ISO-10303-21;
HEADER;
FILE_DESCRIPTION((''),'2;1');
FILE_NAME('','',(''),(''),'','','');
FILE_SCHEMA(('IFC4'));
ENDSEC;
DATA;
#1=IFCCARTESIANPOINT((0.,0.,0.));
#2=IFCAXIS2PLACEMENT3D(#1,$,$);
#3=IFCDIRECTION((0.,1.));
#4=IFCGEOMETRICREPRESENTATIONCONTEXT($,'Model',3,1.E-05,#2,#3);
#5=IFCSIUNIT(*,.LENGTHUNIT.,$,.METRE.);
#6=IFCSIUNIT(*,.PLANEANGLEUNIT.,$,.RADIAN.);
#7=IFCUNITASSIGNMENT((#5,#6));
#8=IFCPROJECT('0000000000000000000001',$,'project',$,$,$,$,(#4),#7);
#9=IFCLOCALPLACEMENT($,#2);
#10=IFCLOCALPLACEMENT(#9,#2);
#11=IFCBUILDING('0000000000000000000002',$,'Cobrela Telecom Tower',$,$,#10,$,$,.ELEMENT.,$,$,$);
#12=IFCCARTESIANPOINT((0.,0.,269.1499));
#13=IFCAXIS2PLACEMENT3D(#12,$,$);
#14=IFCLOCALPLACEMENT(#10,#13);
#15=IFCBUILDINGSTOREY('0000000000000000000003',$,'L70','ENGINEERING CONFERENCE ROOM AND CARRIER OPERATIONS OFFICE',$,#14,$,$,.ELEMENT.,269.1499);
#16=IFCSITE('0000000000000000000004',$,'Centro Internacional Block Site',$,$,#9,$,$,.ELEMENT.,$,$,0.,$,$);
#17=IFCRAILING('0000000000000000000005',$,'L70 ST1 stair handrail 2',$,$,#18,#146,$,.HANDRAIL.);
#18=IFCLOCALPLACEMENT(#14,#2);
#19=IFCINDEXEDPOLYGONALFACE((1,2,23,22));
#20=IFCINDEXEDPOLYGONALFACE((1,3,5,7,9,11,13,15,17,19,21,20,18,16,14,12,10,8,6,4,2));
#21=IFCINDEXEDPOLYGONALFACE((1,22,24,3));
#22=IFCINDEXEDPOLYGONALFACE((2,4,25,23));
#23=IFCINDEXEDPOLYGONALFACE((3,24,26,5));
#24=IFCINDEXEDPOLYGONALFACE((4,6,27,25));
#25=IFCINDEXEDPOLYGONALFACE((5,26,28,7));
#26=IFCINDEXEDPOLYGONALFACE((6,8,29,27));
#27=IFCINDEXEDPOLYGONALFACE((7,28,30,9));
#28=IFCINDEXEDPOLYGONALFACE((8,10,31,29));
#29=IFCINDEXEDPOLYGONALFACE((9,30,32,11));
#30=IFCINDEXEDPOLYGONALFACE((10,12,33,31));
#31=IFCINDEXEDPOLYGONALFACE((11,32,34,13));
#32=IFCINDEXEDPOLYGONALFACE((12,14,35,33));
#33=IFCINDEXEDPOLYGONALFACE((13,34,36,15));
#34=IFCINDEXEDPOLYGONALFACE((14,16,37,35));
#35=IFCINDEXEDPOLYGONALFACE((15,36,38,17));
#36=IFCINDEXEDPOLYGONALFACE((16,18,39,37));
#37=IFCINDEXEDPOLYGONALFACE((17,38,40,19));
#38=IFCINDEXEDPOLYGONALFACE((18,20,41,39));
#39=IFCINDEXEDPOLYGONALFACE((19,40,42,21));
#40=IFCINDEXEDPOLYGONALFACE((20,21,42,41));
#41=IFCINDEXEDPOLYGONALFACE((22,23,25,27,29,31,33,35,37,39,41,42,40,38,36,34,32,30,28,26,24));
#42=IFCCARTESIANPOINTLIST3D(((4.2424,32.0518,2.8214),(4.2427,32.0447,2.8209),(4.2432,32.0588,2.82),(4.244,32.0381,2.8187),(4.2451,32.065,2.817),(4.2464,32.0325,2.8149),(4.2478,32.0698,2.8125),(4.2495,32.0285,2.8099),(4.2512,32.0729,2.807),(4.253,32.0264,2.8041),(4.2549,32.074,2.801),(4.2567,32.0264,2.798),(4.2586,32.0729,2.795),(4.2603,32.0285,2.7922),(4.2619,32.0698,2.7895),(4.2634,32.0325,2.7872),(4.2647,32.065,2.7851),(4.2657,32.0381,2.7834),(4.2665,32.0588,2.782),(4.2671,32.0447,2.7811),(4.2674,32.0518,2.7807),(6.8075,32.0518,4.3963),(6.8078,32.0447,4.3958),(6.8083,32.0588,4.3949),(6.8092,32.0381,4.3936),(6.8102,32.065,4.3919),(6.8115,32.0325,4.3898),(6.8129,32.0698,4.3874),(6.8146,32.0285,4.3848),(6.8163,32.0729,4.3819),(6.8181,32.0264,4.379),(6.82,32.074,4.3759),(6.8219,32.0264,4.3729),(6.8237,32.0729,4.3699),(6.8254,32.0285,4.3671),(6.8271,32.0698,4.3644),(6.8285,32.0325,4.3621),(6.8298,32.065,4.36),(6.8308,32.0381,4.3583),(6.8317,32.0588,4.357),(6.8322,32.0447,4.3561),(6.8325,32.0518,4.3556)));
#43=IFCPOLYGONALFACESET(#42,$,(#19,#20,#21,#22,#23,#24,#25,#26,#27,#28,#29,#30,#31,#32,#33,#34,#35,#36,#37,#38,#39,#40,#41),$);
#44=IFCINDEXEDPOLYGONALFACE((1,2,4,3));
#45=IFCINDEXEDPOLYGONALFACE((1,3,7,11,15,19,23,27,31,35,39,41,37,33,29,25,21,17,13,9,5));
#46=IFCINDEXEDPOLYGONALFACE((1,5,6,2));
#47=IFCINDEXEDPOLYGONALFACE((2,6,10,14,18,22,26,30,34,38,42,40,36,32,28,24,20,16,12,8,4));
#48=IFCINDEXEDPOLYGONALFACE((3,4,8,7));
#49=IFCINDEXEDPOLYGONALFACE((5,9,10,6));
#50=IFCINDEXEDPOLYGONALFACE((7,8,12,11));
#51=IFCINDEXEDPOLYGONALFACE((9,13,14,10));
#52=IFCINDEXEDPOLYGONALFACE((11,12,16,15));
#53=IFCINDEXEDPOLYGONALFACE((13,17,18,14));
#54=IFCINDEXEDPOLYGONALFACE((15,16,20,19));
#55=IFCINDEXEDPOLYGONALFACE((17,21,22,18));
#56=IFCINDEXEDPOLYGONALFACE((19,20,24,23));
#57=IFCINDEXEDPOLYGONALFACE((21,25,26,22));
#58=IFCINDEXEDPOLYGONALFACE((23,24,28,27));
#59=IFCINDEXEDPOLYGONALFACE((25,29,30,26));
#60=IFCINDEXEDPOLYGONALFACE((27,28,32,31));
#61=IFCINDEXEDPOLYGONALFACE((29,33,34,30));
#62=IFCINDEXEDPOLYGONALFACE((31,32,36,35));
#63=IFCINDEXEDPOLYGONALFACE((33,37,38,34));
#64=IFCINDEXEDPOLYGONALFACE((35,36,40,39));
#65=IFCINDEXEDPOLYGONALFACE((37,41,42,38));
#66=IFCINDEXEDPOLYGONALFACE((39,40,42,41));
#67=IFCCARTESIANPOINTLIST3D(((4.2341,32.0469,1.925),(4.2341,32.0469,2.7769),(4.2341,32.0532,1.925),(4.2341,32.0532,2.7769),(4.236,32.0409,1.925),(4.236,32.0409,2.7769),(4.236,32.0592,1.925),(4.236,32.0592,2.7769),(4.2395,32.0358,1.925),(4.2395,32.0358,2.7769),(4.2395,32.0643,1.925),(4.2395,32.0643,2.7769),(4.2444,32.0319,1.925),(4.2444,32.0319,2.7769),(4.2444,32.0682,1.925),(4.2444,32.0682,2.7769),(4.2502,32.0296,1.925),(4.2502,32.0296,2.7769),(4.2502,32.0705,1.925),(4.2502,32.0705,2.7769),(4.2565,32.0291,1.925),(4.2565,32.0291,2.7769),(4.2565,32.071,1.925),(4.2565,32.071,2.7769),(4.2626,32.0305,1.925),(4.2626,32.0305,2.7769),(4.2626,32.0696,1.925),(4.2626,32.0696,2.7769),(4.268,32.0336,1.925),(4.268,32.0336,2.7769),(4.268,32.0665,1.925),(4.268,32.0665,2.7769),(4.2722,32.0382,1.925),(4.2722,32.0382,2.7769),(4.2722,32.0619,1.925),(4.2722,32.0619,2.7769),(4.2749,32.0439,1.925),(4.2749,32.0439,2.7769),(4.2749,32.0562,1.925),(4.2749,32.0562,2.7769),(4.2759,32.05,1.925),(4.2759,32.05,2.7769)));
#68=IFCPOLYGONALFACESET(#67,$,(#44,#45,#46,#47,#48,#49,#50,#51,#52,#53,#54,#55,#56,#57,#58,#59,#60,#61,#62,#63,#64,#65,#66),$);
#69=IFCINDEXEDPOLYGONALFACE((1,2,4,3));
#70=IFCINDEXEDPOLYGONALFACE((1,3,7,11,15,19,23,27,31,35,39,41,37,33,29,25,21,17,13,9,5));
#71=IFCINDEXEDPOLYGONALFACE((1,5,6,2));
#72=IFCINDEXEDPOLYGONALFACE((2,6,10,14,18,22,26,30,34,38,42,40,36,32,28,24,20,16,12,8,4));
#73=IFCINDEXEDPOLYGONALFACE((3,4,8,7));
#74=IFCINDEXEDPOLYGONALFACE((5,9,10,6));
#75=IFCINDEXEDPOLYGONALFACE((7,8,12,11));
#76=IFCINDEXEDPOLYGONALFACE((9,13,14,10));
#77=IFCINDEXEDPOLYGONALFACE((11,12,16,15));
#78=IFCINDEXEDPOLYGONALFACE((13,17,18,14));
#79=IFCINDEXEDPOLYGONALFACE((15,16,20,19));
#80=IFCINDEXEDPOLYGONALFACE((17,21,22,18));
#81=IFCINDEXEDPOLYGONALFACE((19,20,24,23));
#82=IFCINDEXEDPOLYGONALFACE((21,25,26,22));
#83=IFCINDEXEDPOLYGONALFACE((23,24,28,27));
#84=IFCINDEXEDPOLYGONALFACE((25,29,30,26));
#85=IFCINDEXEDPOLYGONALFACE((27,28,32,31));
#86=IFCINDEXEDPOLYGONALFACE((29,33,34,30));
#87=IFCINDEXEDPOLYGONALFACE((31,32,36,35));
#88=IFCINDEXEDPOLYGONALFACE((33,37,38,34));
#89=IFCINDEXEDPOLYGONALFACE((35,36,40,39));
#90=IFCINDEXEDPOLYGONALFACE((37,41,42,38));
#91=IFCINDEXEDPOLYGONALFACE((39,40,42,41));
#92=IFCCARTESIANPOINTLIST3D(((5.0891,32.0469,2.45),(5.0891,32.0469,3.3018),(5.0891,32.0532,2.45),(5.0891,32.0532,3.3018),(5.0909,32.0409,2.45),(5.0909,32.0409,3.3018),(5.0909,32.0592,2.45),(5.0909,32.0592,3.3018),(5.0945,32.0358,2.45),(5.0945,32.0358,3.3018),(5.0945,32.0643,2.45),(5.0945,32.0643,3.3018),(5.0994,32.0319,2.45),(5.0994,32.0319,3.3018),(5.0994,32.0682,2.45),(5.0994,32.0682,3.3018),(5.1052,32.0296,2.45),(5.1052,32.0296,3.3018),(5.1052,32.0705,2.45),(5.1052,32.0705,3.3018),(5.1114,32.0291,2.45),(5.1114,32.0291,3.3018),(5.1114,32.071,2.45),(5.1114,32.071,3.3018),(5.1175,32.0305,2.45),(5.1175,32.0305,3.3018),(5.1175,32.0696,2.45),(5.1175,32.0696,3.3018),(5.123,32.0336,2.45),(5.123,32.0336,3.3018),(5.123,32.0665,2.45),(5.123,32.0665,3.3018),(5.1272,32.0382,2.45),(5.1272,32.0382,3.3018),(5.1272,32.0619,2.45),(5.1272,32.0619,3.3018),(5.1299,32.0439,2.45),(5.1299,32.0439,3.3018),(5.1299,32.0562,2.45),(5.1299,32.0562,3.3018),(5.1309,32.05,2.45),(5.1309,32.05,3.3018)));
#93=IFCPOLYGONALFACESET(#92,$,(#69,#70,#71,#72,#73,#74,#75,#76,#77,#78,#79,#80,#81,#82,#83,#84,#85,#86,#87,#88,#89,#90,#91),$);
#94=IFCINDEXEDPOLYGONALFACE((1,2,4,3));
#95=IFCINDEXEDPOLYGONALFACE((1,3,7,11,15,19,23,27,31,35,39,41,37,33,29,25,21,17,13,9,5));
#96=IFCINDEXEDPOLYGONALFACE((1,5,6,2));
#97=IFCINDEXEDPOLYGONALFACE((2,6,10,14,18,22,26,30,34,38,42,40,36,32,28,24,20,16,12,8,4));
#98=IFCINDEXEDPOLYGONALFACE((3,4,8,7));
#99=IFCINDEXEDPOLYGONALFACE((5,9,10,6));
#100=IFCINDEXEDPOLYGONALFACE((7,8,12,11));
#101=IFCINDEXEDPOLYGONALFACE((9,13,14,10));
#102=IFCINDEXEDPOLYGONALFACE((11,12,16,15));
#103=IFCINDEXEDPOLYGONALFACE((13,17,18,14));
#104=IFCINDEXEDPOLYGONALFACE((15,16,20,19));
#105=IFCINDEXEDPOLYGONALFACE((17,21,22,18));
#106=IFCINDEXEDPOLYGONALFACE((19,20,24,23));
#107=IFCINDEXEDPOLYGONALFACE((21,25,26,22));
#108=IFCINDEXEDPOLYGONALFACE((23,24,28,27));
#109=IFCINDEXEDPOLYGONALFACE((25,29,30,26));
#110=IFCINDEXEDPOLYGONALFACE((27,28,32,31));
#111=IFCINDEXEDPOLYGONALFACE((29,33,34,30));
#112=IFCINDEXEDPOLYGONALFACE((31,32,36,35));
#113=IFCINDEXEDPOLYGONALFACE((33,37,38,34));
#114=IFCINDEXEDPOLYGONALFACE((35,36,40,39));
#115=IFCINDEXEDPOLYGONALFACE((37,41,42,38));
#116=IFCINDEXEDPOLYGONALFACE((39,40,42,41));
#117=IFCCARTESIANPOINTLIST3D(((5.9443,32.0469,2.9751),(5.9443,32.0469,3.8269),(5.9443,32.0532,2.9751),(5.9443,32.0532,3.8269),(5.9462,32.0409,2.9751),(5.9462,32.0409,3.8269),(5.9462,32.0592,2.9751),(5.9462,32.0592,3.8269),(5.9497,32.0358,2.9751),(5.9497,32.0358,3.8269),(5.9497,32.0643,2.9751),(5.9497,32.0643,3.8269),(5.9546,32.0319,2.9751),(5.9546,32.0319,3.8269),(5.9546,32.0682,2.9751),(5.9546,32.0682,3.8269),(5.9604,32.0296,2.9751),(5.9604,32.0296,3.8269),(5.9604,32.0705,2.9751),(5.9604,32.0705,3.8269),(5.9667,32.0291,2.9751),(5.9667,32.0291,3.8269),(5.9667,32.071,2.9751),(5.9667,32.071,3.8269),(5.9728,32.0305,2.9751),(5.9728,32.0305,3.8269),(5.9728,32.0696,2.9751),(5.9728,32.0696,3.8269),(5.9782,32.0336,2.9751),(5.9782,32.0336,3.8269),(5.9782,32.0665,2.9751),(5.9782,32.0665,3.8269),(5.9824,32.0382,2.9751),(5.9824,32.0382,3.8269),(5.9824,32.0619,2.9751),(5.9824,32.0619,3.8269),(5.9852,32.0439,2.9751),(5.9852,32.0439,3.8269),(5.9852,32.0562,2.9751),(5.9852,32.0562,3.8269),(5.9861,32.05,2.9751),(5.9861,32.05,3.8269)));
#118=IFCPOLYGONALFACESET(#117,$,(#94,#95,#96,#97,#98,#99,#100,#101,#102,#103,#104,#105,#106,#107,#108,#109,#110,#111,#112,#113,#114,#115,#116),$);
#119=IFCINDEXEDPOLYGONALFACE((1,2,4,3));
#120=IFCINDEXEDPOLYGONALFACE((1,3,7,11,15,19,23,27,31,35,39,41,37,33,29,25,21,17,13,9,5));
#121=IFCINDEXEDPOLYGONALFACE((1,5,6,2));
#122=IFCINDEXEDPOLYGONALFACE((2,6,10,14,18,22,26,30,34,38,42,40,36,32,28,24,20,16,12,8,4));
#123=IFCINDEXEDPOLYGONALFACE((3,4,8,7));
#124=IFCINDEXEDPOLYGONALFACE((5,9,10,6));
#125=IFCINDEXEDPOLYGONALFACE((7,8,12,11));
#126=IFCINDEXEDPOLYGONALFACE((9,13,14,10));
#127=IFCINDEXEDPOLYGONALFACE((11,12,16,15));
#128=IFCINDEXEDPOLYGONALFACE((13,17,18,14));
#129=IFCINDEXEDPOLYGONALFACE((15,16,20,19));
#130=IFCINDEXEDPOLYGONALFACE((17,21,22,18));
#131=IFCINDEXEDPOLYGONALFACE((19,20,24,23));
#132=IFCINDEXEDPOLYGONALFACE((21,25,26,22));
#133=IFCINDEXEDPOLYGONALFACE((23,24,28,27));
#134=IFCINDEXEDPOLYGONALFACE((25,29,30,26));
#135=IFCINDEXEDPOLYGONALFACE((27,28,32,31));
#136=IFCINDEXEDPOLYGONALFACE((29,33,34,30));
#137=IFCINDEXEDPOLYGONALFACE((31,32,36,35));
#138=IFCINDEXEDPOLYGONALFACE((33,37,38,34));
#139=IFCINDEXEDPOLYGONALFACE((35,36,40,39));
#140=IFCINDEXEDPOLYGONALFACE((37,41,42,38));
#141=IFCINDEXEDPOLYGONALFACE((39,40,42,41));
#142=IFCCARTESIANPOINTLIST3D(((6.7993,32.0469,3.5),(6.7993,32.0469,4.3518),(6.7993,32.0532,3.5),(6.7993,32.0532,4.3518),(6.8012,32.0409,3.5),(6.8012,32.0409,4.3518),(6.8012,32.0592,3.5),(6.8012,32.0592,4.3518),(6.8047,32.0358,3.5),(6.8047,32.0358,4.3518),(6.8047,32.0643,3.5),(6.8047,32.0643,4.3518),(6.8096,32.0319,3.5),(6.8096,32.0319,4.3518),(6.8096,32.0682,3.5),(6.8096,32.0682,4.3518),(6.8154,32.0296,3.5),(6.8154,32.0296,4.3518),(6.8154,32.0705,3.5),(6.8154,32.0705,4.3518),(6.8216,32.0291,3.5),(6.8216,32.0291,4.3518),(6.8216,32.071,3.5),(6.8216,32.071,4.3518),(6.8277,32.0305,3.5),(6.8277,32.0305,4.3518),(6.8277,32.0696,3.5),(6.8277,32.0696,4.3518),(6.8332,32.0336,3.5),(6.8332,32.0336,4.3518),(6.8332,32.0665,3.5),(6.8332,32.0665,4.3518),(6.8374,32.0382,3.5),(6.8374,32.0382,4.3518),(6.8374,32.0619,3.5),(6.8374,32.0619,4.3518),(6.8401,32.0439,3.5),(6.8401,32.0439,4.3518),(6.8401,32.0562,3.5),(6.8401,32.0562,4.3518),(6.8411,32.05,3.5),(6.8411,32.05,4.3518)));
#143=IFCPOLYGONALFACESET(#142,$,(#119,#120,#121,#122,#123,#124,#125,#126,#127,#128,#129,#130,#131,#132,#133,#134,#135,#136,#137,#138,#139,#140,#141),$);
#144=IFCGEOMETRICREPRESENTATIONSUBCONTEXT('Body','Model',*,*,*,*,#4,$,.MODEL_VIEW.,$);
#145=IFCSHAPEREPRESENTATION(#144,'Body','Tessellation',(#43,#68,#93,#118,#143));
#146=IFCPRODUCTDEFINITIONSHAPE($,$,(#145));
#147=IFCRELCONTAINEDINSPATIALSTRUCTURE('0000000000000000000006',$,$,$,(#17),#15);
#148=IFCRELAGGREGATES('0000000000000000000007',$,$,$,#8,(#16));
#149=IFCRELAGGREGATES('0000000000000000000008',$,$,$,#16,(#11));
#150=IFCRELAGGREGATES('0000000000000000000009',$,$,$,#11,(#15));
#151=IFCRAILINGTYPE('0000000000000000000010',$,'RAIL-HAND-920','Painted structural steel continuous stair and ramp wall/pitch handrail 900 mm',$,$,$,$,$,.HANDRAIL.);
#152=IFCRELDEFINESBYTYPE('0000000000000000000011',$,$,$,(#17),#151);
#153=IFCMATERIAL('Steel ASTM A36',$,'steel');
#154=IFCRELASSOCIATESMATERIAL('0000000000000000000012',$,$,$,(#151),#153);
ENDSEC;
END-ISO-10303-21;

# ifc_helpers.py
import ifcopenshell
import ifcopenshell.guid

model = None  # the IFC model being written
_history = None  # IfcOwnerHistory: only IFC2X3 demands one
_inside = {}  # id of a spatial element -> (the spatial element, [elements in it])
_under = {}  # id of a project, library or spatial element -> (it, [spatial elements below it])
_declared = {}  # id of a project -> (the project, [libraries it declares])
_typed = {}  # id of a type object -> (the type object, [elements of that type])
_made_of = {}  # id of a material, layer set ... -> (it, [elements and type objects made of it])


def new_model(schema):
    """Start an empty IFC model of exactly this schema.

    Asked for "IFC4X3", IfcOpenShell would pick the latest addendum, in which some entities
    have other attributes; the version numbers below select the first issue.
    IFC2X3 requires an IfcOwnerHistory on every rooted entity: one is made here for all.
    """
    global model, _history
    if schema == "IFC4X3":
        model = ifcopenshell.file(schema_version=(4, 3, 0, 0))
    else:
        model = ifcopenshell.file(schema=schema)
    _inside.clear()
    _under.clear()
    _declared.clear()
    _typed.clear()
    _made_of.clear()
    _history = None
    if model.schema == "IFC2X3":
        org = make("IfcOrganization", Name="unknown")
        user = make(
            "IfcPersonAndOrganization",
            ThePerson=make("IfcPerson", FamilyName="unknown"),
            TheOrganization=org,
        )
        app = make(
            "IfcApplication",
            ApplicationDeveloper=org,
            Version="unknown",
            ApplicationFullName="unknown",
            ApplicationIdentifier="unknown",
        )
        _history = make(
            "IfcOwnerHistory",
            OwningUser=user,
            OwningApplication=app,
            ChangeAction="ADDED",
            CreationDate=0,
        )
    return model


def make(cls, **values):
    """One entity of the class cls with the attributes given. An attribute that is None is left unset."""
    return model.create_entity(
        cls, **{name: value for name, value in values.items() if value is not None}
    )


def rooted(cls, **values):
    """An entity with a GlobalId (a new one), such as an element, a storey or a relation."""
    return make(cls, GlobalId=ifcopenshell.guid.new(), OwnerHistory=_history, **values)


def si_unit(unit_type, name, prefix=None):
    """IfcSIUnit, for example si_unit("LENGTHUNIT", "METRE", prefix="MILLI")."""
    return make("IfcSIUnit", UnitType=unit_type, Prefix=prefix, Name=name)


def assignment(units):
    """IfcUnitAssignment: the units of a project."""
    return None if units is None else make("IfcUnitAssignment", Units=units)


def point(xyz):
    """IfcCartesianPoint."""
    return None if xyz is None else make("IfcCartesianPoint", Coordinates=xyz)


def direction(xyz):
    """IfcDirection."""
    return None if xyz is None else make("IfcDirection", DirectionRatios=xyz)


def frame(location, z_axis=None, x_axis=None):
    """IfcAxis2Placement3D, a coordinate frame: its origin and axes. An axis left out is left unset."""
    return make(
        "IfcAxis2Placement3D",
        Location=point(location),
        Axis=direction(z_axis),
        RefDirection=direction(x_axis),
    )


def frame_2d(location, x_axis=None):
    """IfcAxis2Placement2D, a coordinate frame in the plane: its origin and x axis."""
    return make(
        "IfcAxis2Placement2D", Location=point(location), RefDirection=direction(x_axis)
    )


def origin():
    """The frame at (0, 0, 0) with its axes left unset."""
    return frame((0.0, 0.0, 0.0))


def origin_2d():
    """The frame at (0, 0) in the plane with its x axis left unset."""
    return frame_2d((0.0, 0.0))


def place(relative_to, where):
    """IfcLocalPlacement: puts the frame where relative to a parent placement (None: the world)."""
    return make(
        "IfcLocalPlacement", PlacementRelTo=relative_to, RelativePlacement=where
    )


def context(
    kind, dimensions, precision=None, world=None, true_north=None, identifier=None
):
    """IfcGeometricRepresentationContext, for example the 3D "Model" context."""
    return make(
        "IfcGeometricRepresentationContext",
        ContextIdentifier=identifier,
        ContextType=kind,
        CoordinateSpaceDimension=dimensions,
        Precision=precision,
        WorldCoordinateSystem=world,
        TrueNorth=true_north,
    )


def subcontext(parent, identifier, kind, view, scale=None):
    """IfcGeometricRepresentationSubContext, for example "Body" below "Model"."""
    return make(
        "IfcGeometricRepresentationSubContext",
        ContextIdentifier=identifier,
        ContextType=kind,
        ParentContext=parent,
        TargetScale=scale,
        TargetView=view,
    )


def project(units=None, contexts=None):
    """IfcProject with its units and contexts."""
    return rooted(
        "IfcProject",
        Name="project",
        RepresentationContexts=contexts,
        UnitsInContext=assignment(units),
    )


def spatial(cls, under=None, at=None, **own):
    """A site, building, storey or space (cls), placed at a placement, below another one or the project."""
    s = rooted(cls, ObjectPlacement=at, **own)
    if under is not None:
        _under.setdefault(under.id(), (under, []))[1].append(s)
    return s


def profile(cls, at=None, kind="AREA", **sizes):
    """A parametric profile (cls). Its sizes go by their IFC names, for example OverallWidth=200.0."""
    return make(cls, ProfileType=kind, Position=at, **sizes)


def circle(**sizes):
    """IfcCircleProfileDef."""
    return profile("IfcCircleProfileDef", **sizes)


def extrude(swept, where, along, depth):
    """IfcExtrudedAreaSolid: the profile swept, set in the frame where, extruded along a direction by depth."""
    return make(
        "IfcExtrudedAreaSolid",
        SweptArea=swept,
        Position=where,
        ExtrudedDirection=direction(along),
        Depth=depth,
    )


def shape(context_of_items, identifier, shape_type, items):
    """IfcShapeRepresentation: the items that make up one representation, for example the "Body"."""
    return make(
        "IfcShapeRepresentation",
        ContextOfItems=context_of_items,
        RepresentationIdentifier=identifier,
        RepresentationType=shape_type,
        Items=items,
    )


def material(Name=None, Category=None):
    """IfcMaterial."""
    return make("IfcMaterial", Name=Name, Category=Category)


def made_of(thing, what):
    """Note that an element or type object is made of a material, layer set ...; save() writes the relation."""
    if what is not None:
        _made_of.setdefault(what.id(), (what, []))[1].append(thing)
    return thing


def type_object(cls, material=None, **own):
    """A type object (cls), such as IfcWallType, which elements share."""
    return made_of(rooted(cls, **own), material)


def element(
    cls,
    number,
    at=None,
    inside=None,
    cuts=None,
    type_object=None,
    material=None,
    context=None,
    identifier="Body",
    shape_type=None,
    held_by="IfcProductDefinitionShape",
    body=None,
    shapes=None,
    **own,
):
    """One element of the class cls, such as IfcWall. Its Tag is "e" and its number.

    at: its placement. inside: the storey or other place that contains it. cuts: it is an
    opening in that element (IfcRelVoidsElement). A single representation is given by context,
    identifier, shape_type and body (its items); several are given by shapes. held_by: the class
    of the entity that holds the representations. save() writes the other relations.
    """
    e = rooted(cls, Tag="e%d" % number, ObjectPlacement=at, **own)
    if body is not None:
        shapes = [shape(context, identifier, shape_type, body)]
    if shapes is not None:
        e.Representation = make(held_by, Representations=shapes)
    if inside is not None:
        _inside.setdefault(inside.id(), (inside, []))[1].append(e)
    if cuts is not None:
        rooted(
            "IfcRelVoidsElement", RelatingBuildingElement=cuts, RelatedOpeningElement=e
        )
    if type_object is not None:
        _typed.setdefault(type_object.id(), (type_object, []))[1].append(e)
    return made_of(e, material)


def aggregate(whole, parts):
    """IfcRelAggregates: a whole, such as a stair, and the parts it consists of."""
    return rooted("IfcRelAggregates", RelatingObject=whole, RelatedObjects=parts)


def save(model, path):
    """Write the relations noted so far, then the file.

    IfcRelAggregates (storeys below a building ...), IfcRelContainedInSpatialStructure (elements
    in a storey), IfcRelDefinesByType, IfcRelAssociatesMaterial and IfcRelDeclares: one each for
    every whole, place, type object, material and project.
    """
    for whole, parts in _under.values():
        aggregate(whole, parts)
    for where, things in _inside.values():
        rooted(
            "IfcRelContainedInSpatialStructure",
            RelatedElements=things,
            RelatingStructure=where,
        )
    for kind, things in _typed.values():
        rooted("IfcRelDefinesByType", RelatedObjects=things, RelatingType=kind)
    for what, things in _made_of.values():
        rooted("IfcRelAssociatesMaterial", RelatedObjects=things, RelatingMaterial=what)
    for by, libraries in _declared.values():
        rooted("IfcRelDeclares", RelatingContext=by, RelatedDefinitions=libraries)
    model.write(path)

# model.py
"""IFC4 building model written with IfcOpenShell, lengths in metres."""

from ifc_helpers import new_model, si_unit, direction, frame, origin, origin_2d, place, context, subcontext, project, spatial, circle, extrude, material, type_object, element, save


model = new_model("IFC4")

# Units and contexts
model_context = context("Model", 3, precision=1e-05, world=origin(), true_north=direction((0.0, 1.0)))
body_context = subcontext(model_context, "Body", "Model", "MODEL_VIEW")
ifc_project = project(units=[si_unit("LENGTHUNIT", "METRE"), si_unit("PLANEANGLEUNIT", "RADIAN")], contexts=[model_context])

# Site, building, storey
site_placement = place(None, origin())
site = spatial("IfcSite", under=ifc_project, at=site_placement, Name="Centro Internacional Block Site", CompositionType="ELEMENT", RefElevation=0.0)
building_placement = place(site_placement, origin())
building = spatial("IfcBuilding", under=site, at=building_placement, Name="Cobrela Telecom Tower", CompositionType="ELEMENT")
storey_placement = place(building_placement, frame((0.0, 0.0, 269.1499)))
storey = spatial("IfcBuildingStorey", under=building, at=storey_placement, Name="L70", Description="ENGINEERING CONFERENCE ROOM AND CARRIER OPERATIONS OFFICE", CompositionType="ELEMENT", Elevation=269.1499)

# Shared definitions
ifc_material_1 = material(Name="Steel ASTM A36", Category="steel")

# Railing
railing_type_1 = type_object("IfcRailingType", Name="RAIL-HAND-920", Description="Painted structural steel continuous stair and ramp wall/pitch handrail 900 mm", PredefinedType="HANDRAIL", material=ifc_material_1)
railing_1_placement = place(storey_placement, frame((4.2549, 32.05, 1.925)))
element("IfcRailing", 1, at=railing_1_placement, inside=storey, type_object=railing_type_1, Name="L70 ST1 stair handrail 2", PredefinedType="HANDRAIL", context=body_context, shape_type="SweptSolid", body=[
    extrude(circle(Radius=0.0239, at=origin_2d()), frame((0.0, 0.0, 0.876), z_axis=(0.852195, 0.0, 0.523224), x_axis=(0.0, 1.0, 0.0)), (0.0, 0.0, 1.0), 3.01),
    extrude(circle(Radius=0.021, at=origin_2d()), origin(), (0.0, 0.0, 1.0), 0.8518),
    extrude(circle(Radius=0.021, at=origin_2d()), frame((0.855, 0.0, 0.5249)), (0.0, 0.0, 1.0), 0.8518),
    extrude(circle(Radius=0.021, at=origin_2d()), frame((1.7102, 0.0, 1.05)), (0.0, 0.0, 1.0), 0.8518),
    extrude(circle(Radius=0.021, at=origin_2d()), frame((2.5652, 0.0, 1.575)), (0.0, 0.0, 1.0), 0.8518),
])

save(model, "model.ifc")
